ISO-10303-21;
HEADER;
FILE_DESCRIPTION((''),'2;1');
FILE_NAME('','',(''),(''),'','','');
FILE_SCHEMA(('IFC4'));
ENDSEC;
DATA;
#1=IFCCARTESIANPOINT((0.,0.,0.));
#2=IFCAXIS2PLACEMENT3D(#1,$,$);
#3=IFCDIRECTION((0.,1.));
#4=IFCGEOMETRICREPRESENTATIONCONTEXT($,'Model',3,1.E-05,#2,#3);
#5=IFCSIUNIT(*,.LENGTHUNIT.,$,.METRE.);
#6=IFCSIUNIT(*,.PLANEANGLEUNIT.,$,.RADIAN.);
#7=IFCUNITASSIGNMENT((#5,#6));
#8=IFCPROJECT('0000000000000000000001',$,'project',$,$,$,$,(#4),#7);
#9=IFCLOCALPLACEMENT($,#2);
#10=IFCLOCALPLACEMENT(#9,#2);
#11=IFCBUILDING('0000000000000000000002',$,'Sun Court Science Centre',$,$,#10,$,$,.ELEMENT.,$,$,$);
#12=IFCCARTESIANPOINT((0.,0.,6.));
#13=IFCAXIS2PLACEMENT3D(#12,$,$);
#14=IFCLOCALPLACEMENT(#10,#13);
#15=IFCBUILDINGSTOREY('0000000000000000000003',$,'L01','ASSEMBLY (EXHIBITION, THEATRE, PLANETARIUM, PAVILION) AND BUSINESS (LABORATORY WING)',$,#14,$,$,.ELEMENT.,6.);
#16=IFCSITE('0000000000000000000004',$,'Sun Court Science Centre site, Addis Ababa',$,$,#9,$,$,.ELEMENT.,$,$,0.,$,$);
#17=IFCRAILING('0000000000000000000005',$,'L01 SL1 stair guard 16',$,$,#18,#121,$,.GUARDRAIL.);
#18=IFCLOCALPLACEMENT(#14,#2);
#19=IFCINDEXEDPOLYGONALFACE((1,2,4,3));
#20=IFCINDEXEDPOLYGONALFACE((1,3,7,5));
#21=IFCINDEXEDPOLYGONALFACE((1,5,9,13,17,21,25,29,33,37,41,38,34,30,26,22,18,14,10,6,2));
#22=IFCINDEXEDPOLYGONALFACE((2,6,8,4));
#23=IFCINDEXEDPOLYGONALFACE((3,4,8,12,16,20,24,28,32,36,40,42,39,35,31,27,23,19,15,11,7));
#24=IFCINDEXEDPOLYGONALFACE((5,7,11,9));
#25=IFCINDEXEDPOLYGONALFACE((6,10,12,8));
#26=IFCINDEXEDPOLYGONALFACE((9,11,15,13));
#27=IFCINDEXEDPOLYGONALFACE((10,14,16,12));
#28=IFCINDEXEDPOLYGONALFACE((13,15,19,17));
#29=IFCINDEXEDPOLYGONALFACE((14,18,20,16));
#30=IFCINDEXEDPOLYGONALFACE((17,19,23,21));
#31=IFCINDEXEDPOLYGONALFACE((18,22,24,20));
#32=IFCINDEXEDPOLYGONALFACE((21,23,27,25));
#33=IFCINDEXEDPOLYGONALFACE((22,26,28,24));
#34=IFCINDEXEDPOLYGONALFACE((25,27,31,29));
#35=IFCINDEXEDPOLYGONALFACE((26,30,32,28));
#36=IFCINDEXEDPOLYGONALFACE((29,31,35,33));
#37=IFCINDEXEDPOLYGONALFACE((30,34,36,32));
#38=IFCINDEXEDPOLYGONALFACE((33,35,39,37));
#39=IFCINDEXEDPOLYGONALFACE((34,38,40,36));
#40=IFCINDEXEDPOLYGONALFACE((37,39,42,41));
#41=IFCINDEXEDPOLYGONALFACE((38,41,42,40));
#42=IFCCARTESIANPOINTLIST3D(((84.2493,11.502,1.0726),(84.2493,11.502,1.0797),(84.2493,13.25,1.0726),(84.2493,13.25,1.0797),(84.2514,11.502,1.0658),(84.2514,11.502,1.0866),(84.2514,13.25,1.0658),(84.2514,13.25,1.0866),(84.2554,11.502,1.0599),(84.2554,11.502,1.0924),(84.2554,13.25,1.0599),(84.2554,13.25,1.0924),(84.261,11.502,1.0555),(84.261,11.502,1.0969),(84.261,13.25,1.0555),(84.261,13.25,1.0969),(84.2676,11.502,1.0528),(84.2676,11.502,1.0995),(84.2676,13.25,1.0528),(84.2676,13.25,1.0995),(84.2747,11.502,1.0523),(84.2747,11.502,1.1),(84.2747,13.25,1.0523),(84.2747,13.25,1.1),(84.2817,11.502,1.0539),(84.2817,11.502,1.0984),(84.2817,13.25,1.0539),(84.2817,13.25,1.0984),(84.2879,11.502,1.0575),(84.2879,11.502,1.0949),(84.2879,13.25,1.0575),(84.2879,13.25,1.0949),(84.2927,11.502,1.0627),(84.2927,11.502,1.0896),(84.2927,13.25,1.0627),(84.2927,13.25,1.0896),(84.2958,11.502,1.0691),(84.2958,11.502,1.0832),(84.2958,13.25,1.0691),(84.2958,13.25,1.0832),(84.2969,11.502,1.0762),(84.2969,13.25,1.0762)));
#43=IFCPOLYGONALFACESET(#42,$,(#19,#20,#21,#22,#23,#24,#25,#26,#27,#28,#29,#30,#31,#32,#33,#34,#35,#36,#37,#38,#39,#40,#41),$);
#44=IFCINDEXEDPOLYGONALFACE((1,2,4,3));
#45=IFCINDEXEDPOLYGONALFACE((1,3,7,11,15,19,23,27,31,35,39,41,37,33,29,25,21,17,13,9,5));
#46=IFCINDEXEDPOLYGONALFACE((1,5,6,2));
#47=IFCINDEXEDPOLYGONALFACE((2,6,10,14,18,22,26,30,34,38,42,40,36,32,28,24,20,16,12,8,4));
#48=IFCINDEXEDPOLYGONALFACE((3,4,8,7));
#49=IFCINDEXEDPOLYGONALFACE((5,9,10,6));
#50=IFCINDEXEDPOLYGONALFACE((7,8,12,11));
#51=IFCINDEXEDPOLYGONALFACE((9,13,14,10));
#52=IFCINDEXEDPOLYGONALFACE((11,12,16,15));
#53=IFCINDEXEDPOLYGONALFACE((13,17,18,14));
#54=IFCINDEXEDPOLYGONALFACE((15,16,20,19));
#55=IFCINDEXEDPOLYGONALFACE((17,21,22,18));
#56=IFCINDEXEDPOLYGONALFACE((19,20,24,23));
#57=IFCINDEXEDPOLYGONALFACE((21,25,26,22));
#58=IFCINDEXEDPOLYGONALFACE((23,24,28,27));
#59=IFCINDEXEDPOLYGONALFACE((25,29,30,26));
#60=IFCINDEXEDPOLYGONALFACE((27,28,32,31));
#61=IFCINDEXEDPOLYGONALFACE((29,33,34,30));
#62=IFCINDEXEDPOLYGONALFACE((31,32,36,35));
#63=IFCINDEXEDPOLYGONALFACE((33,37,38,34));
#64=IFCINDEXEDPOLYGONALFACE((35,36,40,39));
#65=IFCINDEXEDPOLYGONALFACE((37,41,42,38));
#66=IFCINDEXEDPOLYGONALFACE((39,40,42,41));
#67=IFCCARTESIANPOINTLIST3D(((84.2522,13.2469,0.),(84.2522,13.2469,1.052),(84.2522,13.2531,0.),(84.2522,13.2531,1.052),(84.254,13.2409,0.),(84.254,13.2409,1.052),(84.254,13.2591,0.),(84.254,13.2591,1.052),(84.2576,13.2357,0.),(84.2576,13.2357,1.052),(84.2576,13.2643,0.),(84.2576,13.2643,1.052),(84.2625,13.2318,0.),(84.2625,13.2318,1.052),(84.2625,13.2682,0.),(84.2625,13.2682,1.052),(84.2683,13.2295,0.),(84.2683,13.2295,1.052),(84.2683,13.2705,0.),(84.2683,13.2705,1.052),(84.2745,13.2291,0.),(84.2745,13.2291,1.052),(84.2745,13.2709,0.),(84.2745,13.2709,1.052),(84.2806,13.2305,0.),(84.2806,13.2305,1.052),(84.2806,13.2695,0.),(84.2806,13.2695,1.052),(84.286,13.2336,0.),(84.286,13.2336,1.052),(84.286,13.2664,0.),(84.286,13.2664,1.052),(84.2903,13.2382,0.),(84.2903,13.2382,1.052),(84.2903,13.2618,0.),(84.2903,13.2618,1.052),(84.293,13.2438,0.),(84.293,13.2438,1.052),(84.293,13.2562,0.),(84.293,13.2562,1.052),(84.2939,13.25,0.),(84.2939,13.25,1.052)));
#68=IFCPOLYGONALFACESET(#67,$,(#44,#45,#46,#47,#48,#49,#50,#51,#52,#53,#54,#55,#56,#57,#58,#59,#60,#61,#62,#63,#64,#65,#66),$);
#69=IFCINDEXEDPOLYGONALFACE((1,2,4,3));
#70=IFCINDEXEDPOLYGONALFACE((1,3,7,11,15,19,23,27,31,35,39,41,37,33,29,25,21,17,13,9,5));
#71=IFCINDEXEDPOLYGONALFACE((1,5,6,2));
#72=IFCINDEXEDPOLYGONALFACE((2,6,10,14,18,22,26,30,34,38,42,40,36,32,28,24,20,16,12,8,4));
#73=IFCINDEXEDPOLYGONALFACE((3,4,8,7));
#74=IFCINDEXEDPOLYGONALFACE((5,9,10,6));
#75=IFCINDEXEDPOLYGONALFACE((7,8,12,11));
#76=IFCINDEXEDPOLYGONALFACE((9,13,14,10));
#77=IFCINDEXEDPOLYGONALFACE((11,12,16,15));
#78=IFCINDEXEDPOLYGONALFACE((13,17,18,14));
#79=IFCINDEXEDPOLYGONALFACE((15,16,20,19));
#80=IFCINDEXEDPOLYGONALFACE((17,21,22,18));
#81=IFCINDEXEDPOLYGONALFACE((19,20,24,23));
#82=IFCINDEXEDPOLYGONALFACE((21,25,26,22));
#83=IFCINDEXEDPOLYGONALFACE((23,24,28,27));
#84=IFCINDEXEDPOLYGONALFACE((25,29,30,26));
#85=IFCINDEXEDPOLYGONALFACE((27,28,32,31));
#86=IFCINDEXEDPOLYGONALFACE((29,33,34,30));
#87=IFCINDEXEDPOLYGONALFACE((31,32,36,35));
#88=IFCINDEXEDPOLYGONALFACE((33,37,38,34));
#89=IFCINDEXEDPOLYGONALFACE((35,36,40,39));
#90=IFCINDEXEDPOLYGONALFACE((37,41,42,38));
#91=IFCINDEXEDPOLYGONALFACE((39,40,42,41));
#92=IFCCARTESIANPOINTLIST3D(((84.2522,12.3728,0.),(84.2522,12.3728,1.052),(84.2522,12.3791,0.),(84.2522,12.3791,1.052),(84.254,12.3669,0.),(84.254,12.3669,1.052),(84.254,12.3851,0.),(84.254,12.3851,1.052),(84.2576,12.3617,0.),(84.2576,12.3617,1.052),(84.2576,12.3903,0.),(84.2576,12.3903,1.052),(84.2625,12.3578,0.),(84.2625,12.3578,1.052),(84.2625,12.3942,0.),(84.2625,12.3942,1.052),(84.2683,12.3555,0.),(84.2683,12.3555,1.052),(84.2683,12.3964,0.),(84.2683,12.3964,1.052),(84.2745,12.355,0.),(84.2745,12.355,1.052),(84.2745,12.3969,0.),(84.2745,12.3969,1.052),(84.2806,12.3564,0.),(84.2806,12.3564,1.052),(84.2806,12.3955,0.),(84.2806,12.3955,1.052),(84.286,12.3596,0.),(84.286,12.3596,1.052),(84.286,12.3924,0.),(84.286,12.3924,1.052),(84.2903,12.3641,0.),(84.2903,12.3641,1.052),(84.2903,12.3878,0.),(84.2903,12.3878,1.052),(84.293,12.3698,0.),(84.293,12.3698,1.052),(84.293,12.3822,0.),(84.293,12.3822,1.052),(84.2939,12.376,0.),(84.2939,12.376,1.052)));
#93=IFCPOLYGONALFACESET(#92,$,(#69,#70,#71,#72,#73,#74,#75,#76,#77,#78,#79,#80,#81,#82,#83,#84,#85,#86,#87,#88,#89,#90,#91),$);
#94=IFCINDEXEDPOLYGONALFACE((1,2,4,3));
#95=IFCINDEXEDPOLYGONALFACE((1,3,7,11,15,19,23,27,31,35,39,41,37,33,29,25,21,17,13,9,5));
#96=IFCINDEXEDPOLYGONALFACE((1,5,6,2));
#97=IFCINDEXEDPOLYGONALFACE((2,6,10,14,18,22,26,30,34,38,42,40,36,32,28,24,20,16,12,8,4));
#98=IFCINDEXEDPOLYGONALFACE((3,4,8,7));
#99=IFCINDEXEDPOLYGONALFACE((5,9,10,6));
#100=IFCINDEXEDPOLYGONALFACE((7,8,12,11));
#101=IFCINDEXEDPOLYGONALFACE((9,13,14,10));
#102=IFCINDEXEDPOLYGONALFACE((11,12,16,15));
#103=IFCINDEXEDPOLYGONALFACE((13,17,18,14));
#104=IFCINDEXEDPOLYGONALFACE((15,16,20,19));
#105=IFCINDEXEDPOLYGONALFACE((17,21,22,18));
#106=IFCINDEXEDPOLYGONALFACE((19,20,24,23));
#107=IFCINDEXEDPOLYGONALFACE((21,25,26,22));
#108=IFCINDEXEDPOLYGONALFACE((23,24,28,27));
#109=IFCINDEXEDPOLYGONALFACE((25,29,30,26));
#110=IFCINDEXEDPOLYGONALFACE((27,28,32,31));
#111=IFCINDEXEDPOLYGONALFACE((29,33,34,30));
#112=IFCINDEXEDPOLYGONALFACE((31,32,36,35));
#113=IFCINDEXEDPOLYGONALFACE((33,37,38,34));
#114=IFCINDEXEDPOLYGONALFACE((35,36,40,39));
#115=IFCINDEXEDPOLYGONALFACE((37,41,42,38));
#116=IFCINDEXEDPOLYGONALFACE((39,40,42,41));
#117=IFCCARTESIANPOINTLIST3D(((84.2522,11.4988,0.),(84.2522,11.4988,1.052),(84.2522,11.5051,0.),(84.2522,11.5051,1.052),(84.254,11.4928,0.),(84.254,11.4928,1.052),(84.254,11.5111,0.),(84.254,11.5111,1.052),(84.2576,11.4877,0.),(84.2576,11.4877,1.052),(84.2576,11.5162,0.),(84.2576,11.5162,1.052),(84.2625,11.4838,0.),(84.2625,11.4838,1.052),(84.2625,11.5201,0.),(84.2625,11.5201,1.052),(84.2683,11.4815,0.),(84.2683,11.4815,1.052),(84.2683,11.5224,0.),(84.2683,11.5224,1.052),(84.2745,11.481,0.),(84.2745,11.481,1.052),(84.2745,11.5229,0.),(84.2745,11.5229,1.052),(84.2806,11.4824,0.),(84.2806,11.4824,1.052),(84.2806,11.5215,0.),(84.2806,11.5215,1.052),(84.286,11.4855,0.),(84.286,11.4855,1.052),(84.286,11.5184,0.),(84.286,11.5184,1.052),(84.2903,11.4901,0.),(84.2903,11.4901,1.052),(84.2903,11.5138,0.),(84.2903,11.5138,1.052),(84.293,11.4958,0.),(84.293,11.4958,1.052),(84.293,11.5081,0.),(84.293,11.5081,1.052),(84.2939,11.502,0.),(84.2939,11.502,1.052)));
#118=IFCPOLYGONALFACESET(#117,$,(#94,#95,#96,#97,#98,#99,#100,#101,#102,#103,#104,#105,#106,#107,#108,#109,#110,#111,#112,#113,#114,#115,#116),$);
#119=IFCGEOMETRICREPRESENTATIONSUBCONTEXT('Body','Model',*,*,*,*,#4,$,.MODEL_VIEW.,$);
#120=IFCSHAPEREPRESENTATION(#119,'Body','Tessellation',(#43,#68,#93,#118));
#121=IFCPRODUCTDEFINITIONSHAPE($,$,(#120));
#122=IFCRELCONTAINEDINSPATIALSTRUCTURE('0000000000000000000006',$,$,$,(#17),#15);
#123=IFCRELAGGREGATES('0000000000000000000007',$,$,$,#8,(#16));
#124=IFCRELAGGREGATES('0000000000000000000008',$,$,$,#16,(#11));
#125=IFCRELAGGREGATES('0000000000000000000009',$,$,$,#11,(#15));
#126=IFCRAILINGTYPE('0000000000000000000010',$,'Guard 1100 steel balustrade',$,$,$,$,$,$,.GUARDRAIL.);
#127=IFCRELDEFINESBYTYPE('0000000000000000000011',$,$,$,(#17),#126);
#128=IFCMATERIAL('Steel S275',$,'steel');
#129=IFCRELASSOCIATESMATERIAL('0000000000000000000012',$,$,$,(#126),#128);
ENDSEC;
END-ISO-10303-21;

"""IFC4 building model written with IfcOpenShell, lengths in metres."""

from ifc_helpers import new_model, si_unit, direction, frame, origin, origin_2d, place, context, subcontext, project, spatial, circle, extrude, material, type_object, element, save


model = new_model("IFC4")

# Units and contexts
model_context = context("Model", 3, precision=1e-05, world=origin(), true_north=direction((0.0, 1.0)))
body_context = subcontext(model_context, "Body", "Model", "MODEL_VIEW")
ifc_project = project(units=[si_unit("LENGTHUNIT", "METRE"), si_unit("PLANEANGLEUNIT", "RADIAN")], contexts=[model_context])

# Site, building, storey
site_placement = place(None, origin())
site = spatial("IfcSite", under=ifc_project, at=site_placement, Name="Sun Court Science Centre site, Addis Ababa", CompositionType="ELEMENT", RefElevation=0.0)
building_placement = place(site_placement, origin())
building = spatial("IfcBuilding", under=site, at=building_placement, Name="Sun Court Science Centre", CompositionType="ELEMENT")
storey_placement = place(building_placement, frame((0.0, 0.0, 6.0)))
storey = spatial("IfcBuildingStorey", under=building, at=storey_placement, Name="L01", Description="ASSEMBLY (EXHIBITION, THEATRE, PLANETARIUM, PAVILION) AND BUSINESS (LABORATORY WING)", CompositionType="ELEMENT", Elevation=6.0)

# Railing
ifc_material_1 = material(Name="Steel S275", Category="steel")
railing_type_1 = type_object("IfcRailingType", Name="Guard 1100 steel balustrade", PredefinedType="GUARDRAIL", material=ifc_material_1)
railing_1_placement = place(storey_placement, frame((84.2729, 13.25, 0.0)))
element("IfcRailing", 1, at=railing_1_placement, inside=storey, type_object=railing_type_1, Name="L01 SL1 stair guard 16", PredefinedType="GUARDRAIL", context=body_context, shape_type="SweptSolid", body=[
    extrude(circle(Radius=0.0239, at=origin_2d()), frame((0.0, 0.0, 1.0762), z_axis=(0.0, -1.0, 0.0), x_axis=(1.0, 0.0, 0.0)), (0.0, 0.0, 1.0), 1.748),
    extrude(circle(Radius=0.021, at=origin_2d()), origin(), (0.0, 0.0, 1.0), 1.052),
    extrude(circle(Radius=0.021, at=origin_2d()), frame((0.0, -0.874, 0.0)), (0.0, 0.0, 1.0), 1.052),
    extrude(circle(Radius=0.021, at=origin_2d()), frame((0.0, -1.748, 0.0)), (0.0, 0.0, 1.0), 1.052),
])

save(model, "model.ifc")
